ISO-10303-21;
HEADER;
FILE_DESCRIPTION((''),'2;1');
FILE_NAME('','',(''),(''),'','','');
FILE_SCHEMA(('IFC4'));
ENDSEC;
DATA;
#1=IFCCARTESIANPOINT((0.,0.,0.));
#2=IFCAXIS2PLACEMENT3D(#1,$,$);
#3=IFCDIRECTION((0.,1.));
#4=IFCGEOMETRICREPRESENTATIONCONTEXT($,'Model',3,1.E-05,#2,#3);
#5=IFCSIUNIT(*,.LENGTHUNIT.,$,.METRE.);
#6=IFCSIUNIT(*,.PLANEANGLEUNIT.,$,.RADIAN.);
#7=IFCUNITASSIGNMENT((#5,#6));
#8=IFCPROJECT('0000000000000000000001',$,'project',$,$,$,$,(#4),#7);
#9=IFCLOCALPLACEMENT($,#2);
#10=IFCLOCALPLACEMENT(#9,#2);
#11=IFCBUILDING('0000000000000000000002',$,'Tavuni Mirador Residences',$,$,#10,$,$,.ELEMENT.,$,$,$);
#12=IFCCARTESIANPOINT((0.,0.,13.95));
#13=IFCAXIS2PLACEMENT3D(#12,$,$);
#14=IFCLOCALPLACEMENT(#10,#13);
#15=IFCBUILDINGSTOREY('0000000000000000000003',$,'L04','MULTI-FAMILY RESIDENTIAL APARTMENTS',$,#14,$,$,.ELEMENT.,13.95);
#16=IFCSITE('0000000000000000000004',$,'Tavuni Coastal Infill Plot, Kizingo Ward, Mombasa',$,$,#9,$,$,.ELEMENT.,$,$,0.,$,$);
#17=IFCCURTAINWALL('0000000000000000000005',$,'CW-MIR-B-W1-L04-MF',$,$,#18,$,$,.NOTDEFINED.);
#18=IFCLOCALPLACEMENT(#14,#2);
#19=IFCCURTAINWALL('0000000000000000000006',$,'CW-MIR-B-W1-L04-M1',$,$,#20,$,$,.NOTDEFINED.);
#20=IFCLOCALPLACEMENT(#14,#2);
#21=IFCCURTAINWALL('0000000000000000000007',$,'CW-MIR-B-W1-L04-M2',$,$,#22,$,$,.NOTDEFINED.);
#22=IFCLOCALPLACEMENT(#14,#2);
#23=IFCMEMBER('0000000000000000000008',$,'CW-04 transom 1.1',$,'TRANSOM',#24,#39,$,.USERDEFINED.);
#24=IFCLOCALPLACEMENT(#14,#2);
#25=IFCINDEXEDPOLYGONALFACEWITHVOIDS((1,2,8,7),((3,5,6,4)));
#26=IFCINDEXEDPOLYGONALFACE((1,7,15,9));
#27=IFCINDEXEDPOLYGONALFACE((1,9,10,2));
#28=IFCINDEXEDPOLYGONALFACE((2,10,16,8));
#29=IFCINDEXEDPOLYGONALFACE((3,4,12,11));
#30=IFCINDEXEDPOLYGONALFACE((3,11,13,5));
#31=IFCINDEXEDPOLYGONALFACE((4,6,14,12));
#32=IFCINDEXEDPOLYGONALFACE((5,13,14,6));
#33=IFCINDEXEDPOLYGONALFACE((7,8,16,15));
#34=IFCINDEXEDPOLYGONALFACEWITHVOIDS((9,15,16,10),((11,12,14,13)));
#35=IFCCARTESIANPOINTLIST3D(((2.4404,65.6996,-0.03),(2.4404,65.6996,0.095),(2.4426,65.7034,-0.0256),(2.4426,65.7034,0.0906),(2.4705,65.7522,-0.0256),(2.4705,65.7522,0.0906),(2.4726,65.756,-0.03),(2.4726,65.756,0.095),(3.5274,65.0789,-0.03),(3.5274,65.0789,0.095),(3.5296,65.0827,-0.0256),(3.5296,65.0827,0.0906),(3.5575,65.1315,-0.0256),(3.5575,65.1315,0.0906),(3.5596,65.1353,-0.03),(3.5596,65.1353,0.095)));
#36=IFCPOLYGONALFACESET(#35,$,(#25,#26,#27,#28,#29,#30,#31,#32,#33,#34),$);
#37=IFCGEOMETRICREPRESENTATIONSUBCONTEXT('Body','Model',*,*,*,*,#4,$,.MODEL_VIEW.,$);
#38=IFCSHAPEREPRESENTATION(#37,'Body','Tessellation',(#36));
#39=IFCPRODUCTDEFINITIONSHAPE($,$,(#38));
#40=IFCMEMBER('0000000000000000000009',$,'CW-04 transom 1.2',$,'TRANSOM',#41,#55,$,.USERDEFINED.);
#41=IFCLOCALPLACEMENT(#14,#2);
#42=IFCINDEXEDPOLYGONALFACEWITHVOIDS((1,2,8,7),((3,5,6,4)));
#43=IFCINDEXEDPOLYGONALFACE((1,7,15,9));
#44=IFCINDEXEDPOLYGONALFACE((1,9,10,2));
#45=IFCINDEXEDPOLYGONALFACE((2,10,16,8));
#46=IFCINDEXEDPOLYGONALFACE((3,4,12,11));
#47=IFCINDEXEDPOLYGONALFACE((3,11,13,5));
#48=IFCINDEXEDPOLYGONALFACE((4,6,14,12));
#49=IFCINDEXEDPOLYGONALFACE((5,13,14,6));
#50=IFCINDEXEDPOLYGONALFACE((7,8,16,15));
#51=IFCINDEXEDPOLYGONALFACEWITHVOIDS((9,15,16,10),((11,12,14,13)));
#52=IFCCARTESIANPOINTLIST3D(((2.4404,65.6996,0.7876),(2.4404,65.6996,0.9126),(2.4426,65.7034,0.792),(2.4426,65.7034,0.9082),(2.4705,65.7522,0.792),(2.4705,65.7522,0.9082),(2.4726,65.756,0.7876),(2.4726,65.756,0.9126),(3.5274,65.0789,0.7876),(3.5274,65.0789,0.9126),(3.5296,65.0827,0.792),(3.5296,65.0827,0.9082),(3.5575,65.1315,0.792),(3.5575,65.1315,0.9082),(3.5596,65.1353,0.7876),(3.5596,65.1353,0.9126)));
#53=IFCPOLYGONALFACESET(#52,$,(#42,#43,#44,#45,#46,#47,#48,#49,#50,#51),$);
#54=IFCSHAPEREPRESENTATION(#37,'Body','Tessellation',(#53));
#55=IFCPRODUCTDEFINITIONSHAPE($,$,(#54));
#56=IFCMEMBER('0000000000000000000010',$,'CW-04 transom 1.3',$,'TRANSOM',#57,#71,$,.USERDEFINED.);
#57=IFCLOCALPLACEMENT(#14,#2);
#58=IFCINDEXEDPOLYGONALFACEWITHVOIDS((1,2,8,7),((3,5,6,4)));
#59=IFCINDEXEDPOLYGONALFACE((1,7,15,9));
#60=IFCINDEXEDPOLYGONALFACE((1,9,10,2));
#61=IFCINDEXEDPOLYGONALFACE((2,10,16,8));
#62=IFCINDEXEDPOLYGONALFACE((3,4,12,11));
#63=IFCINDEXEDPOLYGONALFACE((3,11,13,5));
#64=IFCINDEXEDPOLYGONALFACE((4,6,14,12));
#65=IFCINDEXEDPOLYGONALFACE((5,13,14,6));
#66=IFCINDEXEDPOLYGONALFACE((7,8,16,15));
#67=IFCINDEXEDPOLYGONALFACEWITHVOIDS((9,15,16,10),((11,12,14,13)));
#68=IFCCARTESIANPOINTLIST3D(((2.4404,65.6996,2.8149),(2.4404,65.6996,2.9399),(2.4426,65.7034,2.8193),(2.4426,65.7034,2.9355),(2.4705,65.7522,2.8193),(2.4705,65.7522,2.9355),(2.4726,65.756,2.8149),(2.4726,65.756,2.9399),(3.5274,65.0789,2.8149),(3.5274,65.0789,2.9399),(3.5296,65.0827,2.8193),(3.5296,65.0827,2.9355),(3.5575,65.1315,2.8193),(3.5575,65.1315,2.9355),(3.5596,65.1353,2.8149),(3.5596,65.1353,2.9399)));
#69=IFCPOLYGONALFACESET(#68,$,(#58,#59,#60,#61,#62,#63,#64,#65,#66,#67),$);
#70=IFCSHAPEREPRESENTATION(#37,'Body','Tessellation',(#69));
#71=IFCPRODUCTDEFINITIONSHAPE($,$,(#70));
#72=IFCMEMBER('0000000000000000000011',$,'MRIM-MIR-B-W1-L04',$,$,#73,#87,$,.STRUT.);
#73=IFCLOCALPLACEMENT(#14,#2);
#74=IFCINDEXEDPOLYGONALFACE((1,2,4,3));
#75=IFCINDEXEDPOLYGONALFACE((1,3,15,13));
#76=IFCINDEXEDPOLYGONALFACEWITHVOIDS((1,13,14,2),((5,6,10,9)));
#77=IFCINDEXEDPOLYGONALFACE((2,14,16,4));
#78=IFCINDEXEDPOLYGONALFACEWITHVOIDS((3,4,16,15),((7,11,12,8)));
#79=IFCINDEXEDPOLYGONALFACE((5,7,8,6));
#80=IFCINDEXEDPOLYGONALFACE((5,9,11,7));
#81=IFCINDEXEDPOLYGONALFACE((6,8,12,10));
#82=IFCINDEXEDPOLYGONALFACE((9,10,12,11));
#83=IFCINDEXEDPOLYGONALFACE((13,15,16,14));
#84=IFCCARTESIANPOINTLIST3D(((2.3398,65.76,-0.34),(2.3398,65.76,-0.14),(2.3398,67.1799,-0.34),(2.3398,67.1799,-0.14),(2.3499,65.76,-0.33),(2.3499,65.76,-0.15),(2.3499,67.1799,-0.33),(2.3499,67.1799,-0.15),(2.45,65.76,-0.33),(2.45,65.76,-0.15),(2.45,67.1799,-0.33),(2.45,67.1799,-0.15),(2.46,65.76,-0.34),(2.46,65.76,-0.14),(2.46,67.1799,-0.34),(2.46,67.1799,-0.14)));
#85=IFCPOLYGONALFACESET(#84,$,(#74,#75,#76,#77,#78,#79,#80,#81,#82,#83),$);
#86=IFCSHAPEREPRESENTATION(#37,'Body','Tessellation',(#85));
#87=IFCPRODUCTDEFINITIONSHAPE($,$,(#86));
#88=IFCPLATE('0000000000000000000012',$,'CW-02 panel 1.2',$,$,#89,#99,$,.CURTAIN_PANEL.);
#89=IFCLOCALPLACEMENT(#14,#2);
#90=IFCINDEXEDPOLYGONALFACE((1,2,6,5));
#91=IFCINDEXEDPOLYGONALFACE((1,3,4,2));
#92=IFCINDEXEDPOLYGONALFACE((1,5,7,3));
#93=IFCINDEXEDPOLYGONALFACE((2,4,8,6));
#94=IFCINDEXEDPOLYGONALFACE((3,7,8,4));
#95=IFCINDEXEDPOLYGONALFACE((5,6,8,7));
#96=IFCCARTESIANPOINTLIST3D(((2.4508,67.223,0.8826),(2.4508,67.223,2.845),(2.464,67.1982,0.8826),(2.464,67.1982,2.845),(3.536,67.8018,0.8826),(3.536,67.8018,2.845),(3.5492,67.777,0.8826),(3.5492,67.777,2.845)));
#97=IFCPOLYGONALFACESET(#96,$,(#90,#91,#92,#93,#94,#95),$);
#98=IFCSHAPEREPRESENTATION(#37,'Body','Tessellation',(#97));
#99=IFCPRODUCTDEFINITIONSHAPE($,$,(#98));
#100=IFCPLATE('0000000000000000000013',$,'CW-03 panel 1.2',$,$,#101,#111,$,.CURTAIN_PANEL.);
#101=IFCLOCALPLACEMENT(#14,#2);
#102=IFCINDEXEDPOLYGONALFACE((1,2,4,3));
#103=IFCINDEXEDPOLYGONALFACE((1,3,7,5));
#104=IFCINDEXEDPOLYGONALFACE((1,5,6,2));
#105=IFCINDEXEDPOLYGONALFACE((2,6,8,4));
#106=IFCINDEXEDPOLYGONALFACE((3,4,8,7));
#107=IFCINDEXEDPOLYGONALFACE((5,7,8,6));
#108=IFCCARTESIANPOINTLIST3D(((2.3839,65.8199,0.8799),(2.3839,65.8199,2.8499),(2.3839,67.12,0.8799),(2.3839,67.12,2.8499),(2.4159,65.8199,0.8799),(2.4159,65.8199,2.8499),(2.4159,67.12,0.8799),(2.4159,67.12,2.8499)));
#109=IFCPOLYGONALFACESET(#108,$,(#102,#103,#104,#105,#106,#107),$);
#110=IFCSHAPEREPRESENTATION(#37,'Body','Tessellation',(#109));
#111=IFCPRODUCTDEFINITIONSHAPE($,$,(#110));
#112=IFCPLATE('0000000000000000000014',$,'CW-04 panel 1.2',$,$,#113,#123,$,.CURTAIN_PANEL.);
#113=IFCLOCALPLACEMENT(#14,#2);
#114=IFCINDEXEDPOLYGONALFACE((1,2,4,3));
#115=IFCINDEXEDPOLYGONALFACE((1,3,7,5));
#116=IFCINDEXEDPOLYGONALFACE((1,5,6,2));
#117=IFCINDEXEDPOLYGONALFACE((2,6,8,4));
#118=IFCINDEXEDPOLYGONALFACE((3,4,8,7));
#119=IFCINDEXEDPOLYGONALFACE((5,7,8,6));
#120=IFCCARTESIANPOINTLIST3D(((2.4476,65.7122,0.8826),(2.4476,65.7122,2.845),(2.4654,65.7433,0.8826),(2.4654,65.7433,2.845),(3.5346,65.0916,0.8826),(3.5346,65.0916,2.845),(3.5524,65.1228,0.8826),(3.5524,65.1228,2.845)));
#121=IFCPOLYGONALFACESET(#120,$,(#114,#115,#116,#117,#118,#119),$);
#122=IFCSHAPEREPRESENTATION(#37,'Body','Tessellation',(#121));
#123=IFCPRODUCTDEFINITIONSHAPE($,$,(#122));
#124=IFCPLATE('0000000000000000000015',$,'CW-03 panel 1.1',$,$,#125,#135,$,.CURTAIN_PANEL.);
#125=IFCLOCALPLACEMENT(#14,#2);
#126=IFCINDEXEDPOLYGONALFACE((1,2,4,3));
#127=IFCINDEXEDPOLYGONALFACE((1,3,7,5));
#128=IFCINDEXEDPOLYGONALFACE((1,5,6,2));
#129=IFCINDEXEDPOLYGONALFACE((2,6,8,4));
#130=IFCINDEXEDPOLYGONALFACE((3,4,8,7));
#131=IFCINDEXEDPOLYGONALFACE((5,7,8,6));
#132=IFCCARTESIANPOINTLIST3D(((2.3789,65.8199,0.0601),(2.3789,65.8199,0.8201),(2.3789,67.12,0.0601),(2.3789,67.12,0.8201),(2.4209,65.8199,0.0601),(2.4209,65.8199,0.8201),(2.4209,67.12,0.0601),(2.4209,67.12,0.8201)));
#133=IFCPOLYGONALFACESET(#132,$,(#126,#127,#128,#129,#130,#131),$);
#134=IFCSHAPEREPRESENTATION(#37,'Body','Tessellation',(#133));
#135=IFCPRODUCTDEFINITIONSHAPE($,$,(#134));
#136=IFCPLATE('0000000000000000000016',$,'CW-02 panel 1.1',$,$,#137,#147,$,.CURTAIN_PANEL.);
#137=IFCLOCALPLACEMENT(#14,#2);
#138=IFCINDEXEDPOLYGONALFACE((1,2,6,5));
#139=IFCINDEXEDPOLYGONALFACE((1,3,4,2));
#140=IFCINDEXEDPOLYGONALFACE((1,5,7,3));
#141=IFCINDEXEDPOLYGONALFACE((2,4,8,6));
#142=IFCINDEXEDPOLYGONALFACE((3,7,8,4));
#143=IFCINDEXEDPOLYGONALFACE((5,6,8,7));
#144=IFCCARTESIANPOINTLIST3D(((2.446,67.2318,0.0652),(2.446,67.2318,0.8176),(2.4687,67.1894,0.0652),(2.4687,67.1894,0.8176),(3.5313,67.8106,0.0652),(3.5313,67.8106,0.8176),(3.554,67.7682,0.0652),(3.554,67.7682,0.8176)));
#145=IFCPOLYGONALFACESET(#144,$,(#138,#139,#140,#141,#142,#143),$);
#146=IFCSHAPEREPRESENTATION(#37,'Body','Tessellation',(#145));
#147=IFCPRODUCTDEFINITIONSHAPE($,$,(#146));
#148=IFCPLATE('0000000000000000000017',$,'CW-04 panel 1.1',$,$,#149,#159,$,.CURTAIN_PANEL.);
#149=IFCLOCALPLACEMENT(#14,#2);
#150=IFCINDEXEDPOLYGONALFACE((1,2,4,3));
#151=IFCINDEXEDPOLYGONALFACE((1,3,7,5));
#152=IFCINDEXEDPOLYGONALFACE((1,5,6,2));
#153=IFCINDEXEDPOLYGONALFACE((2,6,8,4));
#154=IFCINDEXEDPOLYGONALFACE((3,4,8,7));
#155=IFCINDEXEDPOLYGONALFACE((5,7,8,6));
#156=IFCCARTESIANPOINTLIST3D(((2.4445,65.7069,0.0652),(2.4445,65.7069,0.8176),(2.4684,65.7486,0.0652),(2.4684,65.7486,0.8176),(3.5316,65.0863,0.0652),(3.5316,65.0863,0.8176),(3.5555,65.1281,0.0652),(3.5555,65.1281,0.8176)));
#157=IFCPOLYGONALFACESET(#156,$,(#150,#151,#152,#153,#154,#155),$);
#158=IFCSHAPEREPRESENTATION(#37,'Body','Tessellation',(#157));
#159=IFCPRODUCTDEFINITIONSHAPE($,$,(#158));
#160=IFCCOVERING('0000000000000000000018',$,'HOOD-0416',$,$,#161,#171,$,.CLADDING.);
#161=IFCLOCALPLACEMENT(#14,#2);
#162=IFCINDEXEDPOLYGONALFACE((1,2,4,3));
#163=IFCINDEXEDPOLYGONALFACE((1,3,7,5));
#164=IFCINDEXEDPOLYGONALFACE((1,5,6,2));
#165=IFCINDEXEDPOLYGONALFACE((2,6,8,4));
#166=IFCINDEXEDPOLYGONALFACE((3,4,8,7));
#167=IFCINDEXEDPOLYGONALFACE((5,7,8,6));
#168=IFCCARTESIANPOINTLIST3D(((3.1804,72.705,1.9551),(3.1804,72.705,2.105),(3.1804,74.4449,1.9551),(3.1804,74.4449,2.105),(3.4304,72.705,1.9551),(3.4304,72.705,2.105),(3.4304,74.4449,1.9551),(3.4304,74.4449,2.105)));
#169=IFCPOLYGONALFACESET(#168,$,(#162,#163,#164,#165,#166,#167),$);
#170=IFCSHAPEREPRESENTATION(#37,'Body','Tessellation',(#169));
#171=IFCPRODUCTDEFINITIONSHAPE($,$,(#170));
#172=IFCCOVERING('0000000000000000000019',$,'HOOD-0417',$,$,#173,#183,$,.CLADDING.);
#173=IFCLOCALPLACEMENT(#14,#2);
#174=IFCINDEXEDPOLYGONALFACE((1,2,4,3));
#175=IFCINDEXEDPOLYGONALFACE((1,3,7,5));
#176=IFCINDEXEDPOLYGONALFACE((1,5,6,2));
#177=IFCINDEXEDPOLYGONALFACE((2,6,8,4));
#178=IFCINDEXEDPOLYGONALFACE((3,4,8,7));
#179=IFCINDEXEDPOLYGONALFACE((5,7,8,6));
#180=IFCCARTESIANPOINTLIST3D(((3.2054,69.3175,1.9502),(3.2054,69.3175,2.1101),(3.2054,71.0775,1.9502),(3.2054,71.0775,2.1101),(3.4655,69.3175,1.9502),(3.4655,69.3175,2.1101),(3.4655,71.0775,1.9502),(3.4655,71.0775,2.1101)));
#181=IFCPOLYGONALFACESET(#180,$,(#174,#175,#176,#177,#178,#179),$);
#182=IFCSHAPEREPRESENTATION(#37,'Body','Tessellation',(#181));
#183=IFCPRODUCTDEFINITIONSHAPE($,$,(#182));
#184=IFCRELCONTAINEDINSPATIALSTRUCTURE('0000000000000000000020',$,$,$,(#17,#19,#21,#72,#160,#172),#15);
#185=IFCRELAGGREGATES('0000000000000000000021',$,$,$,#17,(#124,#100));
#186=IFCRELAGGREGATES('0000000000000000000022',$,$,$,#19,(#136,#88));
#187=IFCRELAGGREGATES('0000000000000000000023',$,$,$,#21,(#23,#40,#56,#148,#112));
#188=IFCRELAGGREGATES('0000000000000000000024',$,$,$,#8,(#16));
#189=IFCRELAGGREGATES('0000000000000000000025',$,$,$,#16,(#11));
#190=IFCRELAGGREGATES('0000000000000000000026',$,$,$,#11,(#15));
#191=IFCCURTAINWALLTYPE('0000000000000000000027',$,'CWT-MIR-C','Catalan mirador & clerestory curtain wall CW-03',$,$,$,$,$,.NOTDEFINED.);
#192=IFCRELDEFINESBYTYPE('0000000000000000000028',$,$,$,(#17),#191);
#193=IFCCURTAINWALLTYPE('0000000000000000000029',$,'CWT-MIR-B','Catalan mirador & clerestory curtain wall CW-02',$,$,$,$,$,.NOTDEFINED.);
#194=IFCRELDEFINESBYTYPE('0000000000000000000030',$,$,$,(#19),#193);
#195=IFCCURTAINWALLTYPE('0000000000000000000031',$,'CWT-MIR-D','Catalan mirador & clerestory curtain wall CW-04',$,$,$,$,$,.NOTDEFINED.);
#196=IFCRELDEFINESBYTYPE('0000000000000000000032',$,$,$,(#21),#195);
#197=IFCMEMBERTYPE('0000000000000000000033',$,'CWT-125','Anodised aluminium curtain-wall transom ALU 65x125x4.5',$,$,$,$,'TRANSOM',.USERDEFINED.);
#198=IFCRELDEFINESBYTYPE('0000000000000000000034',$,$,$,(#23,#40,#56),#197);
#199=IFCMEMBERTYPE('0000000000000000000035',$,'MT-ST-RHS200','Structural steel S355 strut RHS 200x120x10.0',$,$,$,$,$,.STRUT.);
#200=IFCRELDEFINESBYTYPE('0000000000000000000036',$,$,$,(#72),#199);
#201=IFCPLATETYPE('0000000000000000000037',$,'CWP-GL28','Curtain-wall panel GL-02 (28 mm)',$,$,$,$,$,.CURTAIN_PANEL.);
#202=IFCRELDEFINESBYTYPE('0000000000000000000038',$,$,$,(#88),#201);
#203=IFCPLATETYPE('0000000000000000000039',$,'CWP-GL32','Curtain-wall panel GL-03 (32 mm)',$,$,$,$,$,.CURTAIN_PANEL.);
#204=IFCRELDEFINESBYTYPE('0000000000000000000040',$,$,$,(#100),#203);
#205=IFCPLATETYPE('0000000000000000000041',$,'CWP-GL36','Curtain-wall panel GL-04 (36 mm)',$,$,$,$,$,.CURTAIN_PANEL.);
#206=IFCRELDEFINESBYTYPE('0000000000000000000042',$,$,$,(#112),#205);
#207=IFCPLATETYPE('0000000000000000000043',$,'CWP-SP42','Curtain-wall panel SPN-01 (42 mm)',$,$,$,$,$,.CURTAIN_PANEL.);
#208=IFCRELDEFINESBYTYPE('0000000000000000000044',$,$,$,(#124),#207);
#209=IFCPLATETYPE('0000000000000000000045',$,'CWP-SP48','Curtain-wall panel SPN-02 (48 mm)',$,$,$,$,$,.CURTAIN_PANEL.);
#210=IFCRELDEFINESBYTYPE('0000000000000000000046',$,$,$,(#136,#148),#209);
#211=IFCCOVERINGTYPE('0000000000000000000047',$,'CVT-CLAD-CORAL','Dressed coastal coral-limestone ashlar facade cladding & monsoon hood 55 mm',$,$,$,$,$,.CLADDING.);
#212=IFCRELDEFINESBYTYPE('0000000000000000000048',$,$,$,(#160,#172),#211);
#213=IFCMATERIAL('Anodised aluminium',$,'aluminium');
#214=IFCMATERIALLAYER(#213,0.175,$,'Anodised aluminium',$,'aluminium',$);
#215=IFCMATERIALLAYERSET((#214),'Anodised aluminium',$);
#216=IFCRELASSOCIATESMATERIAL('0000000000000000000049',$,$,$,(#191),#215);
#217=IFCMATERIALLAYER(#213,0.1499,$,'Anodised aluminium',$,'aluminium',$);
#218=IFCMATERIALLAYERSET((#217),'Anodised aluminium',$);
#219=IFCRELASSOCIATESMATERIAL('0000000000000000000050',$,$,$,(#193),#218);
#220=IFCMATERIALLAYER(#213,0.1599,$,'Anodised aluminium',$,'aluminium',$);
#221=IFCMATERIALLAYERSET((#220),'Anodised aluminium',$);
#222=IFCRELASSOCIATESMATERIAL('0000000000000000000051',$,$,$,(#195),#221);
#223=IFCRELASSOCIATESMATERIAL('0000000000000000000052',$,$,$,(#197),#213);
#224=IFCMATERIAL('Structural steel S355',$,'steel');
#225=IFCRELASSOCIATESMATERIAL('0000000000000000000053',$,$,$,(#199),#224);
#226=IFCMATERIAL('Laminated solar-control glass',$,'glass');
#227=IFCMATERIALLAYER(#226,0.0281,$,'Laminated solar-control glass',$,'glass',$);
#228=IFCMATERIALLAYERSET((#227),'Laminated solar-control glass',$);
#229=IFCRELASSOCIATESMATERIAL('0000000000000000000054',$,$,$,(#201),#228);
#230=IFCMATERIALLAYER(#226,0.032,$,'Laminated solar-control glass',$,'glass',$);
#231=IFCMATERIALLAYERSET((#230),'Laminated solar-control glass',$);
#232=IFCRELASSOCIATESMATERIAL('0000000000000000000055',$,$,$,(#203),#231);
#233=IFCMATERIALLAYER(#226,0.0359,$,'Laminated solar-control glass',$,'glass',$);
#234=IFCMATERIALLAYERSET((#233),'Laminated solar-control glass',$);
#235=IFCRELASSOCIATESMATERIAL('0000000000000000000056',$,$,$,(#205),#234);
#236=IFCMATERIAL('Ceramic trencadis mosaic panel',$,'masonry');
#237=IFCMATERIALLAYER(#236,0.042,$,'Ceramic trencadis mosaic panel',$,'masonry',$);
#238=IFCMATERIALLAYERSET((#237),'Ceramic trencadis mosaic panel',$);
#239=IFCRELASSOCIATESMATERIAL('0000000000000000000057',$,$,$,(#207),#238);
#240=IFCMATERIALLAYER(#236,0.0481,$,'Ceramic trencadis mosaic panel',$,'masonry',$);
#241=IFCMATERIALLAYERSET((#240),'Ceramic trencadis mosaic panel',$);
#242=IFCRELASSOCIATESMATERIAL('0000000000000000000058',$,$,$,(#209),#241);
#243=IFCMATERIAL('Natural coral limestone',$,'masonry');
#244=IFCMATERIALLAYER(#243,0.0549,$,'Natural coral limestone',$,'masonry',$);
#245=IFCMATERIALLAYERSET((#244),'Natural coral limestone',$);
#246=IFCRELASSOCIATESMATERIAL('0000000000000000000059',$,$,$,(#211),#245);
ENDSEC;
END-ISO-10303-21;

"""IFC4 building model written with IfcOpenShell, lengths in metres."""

from ifc_helpers import new_model, si_unit, direction, frame, origin, origin_2d, place, context, subcontext, project, spatial, rectangle, hollow_rectangle, extrude, material, layer, layer_set, material_profile, profile_set, type_object, element, aggregate, save


model = new_model("IFC4")

# Units and contexts
model_context = context("Model", 3, precision=1e-05, world=origin(), true_north=direction((0.0, 1.0)))
body_context = subcontext(model_context, "Body", "Model", "MODEL_VIEW")
ifc_project = project(units=[si_unit("LENGTHUNIT", "METRE"), si_unit("PLANEANGLEUNIT", "RADIAN")], contexts=[model_context])

# Site, building, storey
site_placement = place(None, origin())
site = spatial("IfcSite", under=ifc_project, at=site_placement, Name="Tavuni Coastal Infill Plot, Kizingo Ward, Mombasa", CompositionType="ELEMENT", RefElevation=0.0)
building_placement = place(site_placement, origin())
building = spatial("IfcBuilding", under=site, at=building_placement, Name="Tavuni Mirador Residences", CompositionType="ELEMENT")
storey_placement = place(building_placement, frame((0.0, 0.0, 13.95)))
storey = spatial("IfcBuildingStorey", under=building, at=storey_placement, Name="L04", Description="MULTI-FAMILY RESIDENTIAL APARTMENTS", CompositionType="ELEMENT", Elevation=13.95)

# Curtain wall
ifc_material_1 = material(Name="Anodised aluminium", Category="aluminium")
ifc_layer_1 = layer(ifc_material_1, 0.175, Name="Anodised aluminium", Category="aluminium")
ifc_layer_set_1 = layer_set([ifc_layer_1], Name="Anodised aluminium")
curtain_wall_type_1 = type_object("IfcCurtainWallType", Name="CWT-MIR-C", Description="Catalan mirador & clerestory curtain wall CW-03", PredefinedType="NOTDEFINED", material=ifc_layer_set_1)
curtain_wall_1_placement = place(storey_placement, origin())
curtain_wall_1 = element("IfcCurtainWall", 1, at=curtain_wall_1_placement, inside=storey, type_object=curtain_wall_type_1, Name="CW-MIR-B-W1-L04-MF", PredefinedType="NOTDEFINED")

# Curtain walls
ifc_layer_2 = layer(ifc_material_1, 0.1499, Name="Anodised aluminium", Category="aluminium")
ifc_layer_set_2 = layer_set([ifc_layer_2], Name="Anodised aluminium")
curtain_wall_type_2 = type_object("IfcCurtainWallType", Name="CWT-MIR-B", Description="Catalan mirador & clerestory curtain wall CW-02", PredefinedType="NOTDEFINED", material=ifc_layer_set_2)
curtain_wall_2_placement = place(storey_placement, origin())
curtain_wall_2 = element("IfcCurtainWall", 2, at=curtain_wall_2_placement, inside=storey, type_object=curtain_wall_type_2, Name="CW-MIR-B-W1-L04-M1", PredefinedType="NOTDEFINED")
ifc_layer_3 = layer(ifc_material_1, 0.1599, Name="Anodised aluminium", Category="aluminium")
ifc_layer_set_3 = layer_set([ifc_layer_3], Name="Anodised aluminium")
curtain_wall_type_3 = type_object("IfcCurtainWallType", Name="CWT-MIR-D", Description="Catalan mirador & clerestory curtain wall CW-04", PredefinedType="NOTDEFINED", material=ifc_layer_set_3)
curtain_wall_3_placement = place(storey_placement, origin())
curtain_wall_3 = element("IfcCurtainWall", 3, at=curtain_wall_3_placement, inside=storey, type_object=curtain_wall_type_3, Name="CW-MIR-B-W1-L04-M2", PredefinedType="NOTDEFINED")

# Members
ifc_material_profile_1 = material_profile(ifc_material_1, hollow_rectangle(XDim=0.0649, YDim=0.125, WallThickness=0.0044, at=origin_2d()), Name="ALU 65x125x4.5", Category="aluminium")
ifc_profile_set_1 = profile_set([ifc_material_profile_1], Name="Anodised aluminium")
member_type_1 = type_object("IfcMemberType", Name="CWT-125", Description="Anodised aluminium curtain-wall transom ALU 65x125x4.5", ElementType="TRANSOM", PredefinedType="USERDEFINED", material=ifc_profile_set_1)
member_1_placement = place(storey_placement, frame((2.4565, 65.7278, 0.0325), z_axis=(0.868411, -0.495845, 0.0), x_axis=(0.495845, 0.868411, 0.0)))
member_1 = element("IfcMember", 4, at=member_1_placement, type_object=member_type_1, Name="CW-04 transom 1.1", ObjectType="TRANSOM", PredefinedType="USERDEFINED", context=body_context, shape_type="SweptSolid", body=[
    extrude(hollow_rectangle(XDim=0.0649, YDim=0.125, WallThickness=0.0044, at=origin_2d()), origin(), (0.0, 0.0, 1.0), 1.2517),
])
member_2_placement = place(storey_placement, frame((2.4565, 65.7278, 0.8501), z_axis=(0.868411, -0.495845, 0.0), x_axis=(0.495845, 0.868411, 0.0)))
member_2 = element("IfcMember", 5, at=member_2_placement, type_object=member_type_1, Name="CW-04 transom 1.2", ObjectType="TRANSOM", PredefinedType="USERDEFINED", context=body_context, shape_type="SweptSolid", body=[
    extrude(hollow_rectangle(XDim=0.0649, YDim=0.125, WallThickness=0.0044, at=origin_2d()), origin(), (0.0, 0.0, 1.0), 1.2517),
])
member_3_placement = place(storey_placement, frame((2.4565, 65.7278, 2.8774), z_axis=(0.868411, -0.495845, 0.0), x_axis=(0.495845, 0.868411, 0.0)))
member_3 = element("IfcMember", 6, at=member_3_placement, type_object=member_type_1, Name="CW-04 transom 1.3", ObjectType="TRANSOM", PredefinedType="USERDEFINED", context=body_context, shape_type="SweptSolid", body=[
    extrude(hollow_rectangle(XDim=0.0649, YDim=0.125, WallThickness=0.0044, at=origin_2d()), origin(), (0.0, 0.0, 1.0), 1.2517),
])
ifc_material_2 = material(Name="Structural steel S355", Category="steel")
ifc_material_profile_2 = material_profile(ifc_material_2, hollow_rectangle(XDim=0.1201, YDim=0.2, WallThickness=0.01, at=origin_2d()), Name="RHS 200x120x10.0", Category="steel")
ifc_profile_set_2 = profile_set([ifc_material_profile_2], Name="Structural steel S355")
member_type_2 = type_object("IfcMemberType", Name="MT-ST-RHS200", Description="Structural steel S355 strut RHS 200x120x10.0", PredefinedType="STRUT", material=ifc_profile_set_2)
member_4_placement = place(storey_placement, frame((2.3999, 65.76, -0.24), z_axis=(0.0, 1.0, 0.0), x_axis=(-1.0, 0.0, 0.0)))
element("IfcMember", 7, at=member_4_placement, inside=storey, type_object=member_type_2, Name="MRIM-MIR-B-W1-L04", PredefinedType="STRUT", context=body_context, shape_type="SweptSolid", body=[
    extrude(hollow_rectangle(XDim=0.1201, YDim=0.2, WallThickness=0.01, at=origin_2d()), origin(), (0.0, 0.0, 1.0), 1.4199),
])

# Plates
ifc_material_3 = material(Name="Laminated solar-control glass", Category="glass")
ifc_layer_4 = layer(ifc_material_3, 0.0281, Name="Laminated solar-control glass", Category="glass")
ifc_layer_set_4 = layer_set([ifc_layer_4], Name="Laminated solar-control glass")
plate_type_1 = type_object("IfcPlateType", Name="CWP-GL28", Description="Curtain-wall panel GL-02 (28 mm)", PredefinedType="CURTAIN_PANEL", material=ifc_layer_set_4)
plate_1_placement = place(storey_placement, frame((3.0, 67.5, 0.8826), z_axis=(0.0, 0.0, 1.0), x_axis=(-0.882353, -0.470588, 0.0)))
plate_1 = element("IfcPlate", 8, at=plate_1_placement, type_object=plate_type_1, Name="CW-02 panel 1.2", PredefinedType="CURTAIN_PANEL", context=body_context, shape_type="SweptSolid", body=[
    extrude(rectangle(XDim=1.23, YDim=0.0281, at=origin_2d()), origin(), (0.0, 0.0, 1.0), 1.9624),
])
ifc_layer_5 = layer(ifc_material_3, 0.032, Name="Laminated solar-control glass", Category="glass")
ifc_layer_set_5 = layer_set([ifc_layer_5], Name="Laminated solar-control glass")
plate_type_2 = type_object("IfcPlateType", Name="CWP-GL32", Description="Curtain-wall panel GL-03 (32 mm)", PredefinedType="CURTAIN_PANEL", material=ifc_layer_set_5)
plate_2_placement = place(storey_placement, frame((2.3999, 66.47, 0.8799), z_axis=(0.0, 0.0, 1.0), x_axis=(0.0, -1.0, 0.0)))
plate_2 = element("IfcPlate", 9, at=plate_2_placement, type_object=plate_type_2, Name="CW-03 panel 1.2", PredefinedType="CURTAIN_PANEL", context=body_context, shape_type="SweptSolid", body=[
    extrude(rectangle(XDim=1.3, YDim=0.032, at=origin_2d()), origin(), (0.0, 0.0, 1.0), 1.97),
])
ifc_layer_6 = layer(ifc_material_3, 0.0359, Name="Laminated solar-control glass", Category="glass")
ifc_layer_set_6 = layer_set([ifc_layer_6], Name="Laminated solar-control glass")
plate_type_3 = type_object("IfcPlateType", Name="CWP-GL36", Description="Curtain-wall panel GL-04 (36 mm)", PredefinedType="CURTAIN_PANEL", material=ifc_layer_set_6)
plate_3_placement = place(storey_placement, frame((3.0, 65.4175, 0.8826), z_axis=(0.0, 0.0, 1.0), x_axis=(0.868466, -0.495749, 0.0)))
plate_3 = element("IfcPlate", 10, at=plate_3_placement, type_object=plate_type_3, Name="CW-04 panel 1.2", PredefinedType="CURTAIN_PANEL", context=body_context, shape_type="SweptSolid", body=[
    extrude(rectangle(XDim=1.2517, YDim=0.0359, at=origin_2d()), origin(), (0.0, 0.0, 1.0), 1.9624),
])
ifc_material_4 = material(Name="Ceramic trencadis mosaic panel", Category="masonry")
ifc_layer_7 = layer(ifc_material_4, 0.042, Name="Ceramic trencadis mosaic panel", Category="masonry")
ifc_layer_set_7 = layer_set([ifc_layer_7], Name="Ceramic trencadis mosaic panel")
plate_type_4 = type_object("IfcPlateType", Name="CWP-SP42", Description="Curtain-wall panel SPN-01 (42 mm)", PredefinedType="CURTAIN_PANEL", material=ifc_layer_set_7)
plate_4_placement = place(storey_placement, frame((2.3999, 66.47, 0.0601), z_axis=(0.0, 0.0, 1.0), x_axis=(0.0, -1.0, 0.0)))
plate_4 = element("IfcPlate", 11, at=plate_4_placement, type_object=plate_type_4, Name="CW-03 panel 1.1", PredefinedType="CURTAIN_PANEL", context=body_context, shape_type="SweptSolid", body=[
    extrude(rectangle(XDim=1.3, YDim=0.042, at=origin_2d()), origin(), (0.0, 0.0, 1.0), 0.76),
])
aggregate(curtain_wall_1, [plate_4, plate_2])
ifc_layer_8 = layer(ifc_material_4, 0.0481, Name="Ceramic trencadis mosaic panel", Category="masonry")
ifc_layer_set_8 = layer_set([ifc_layer_8], Name="Ceramic trencadis mosaic panel")
plate_type_5 = type_object("IfcPlateType", Name="CWP-SP48", Description="Curtain-wall panel SPN-02 (48 mm)", PredefinedType="CURTAIN_PANEL", material=ifc_layer_set_8)
plate_5_placement = place(storey_placement, frame((3.0, 67.5, 0.0652), z_axis=(0.0, 0.0, 1.0), x_axis=(-0.882353, -0.470588, 0.0)))
plate_5 = element("IfcPlate", 12, at=plate_5_placement, type_object=plate_type_5, Name="CW-02 panel 1.1", PredefinedType="CURTAIN_PANEL", context=body_context, shape_type="SweptSolid", body=[
    extrude(rectangle(XDim=1.23, YDim=0.0481, at=origin_2d()), origin(), (0.0, 0.0, 1.0), 0.7524),
])
aggregate(curtain_wall_2, [plate_5, plate_1])
plate_6_placement = place(storey_placement, frame((3.0, 65.4175, 0.0652), z_axis=(0.0, 0.0, 1.0), x_axis=(0.868466, -0.495749, 0.0)))
plate_6 = element("IfcPlate", 13, at=plate_6_placement, type_object=plate_type_5, Name="CW-04 panel 1.1", PredefinedType="CURTAIN_PANEL", context=body_context, shape_type="SweptSolid", body=[
    extrude(rectangle(XDim=1.2517, YDim=0.0481, at=origin_2d()), origin(), (0.0, 0.0, 1.0), 0.7524),
])
aggregate(curtain_wall_3, [member_1, member_2, member_3, plate_6, plate_3])

# Coverings
ifc_material_5 = material(Name="Natural coral limestone", Category="masonry")
ifc_layer_9 = layer(ifc_material_5, 0.0549, Name="Natural coral limestone", Category="masonry")
ifc_layer_set_9 = layer_set([ifc_layer_9], Name="Natural coral limestone")
covering_type = type_object("IfcCoveringType", Name="CVT-CLAD-CORAL", Description="Dressed coastal coral-limestone ashlar facade cladding & monsoon hood 55 mm", PredefinedType="CLADDING", material=ifc_layer_set_9)
covering_1_placement = place(storey_placement, frame((3.3054, 73.575, 1.9551), z_axis=(0.0, 0.0, 1.0), x_axis=(0.0, -1.0, 0.0)))
element("IfcCovering", 14, at=covering_1_placement, inside=storey, type_object=covering_type, Name="HOOD-0416", PredefinedType="CLADDING", context=body_context, shape_type="SweptSolid", body=[
    extrude(rectangle(XDim=1.74, YDim=0.25, at=origin_2d()), origin(), (0.0, 0.0, 1.0), 0.1499),
])
covering_2_placement = place(storey_placement, frame((3.3354, 70.1975, 1.9502), z_axis=(0.0, 0.0, 1.0), x_axis=(0.0, -1.0, 0.0)))
element("IfcCovering", 15, at=covering_2_placement, inside=storey, type_object=covering_type, Name="HOOD-0417", PredefinedType="CLADDING", context=body_context, shape_type="SweptSolid", body=[
    extrude(rectangle(XDim=1.76, YDim=0.26, at=origin_2d()), origin(), (0.0, 0.0, 1.0), 0.1599),
])

save(model, "model.ifc")
